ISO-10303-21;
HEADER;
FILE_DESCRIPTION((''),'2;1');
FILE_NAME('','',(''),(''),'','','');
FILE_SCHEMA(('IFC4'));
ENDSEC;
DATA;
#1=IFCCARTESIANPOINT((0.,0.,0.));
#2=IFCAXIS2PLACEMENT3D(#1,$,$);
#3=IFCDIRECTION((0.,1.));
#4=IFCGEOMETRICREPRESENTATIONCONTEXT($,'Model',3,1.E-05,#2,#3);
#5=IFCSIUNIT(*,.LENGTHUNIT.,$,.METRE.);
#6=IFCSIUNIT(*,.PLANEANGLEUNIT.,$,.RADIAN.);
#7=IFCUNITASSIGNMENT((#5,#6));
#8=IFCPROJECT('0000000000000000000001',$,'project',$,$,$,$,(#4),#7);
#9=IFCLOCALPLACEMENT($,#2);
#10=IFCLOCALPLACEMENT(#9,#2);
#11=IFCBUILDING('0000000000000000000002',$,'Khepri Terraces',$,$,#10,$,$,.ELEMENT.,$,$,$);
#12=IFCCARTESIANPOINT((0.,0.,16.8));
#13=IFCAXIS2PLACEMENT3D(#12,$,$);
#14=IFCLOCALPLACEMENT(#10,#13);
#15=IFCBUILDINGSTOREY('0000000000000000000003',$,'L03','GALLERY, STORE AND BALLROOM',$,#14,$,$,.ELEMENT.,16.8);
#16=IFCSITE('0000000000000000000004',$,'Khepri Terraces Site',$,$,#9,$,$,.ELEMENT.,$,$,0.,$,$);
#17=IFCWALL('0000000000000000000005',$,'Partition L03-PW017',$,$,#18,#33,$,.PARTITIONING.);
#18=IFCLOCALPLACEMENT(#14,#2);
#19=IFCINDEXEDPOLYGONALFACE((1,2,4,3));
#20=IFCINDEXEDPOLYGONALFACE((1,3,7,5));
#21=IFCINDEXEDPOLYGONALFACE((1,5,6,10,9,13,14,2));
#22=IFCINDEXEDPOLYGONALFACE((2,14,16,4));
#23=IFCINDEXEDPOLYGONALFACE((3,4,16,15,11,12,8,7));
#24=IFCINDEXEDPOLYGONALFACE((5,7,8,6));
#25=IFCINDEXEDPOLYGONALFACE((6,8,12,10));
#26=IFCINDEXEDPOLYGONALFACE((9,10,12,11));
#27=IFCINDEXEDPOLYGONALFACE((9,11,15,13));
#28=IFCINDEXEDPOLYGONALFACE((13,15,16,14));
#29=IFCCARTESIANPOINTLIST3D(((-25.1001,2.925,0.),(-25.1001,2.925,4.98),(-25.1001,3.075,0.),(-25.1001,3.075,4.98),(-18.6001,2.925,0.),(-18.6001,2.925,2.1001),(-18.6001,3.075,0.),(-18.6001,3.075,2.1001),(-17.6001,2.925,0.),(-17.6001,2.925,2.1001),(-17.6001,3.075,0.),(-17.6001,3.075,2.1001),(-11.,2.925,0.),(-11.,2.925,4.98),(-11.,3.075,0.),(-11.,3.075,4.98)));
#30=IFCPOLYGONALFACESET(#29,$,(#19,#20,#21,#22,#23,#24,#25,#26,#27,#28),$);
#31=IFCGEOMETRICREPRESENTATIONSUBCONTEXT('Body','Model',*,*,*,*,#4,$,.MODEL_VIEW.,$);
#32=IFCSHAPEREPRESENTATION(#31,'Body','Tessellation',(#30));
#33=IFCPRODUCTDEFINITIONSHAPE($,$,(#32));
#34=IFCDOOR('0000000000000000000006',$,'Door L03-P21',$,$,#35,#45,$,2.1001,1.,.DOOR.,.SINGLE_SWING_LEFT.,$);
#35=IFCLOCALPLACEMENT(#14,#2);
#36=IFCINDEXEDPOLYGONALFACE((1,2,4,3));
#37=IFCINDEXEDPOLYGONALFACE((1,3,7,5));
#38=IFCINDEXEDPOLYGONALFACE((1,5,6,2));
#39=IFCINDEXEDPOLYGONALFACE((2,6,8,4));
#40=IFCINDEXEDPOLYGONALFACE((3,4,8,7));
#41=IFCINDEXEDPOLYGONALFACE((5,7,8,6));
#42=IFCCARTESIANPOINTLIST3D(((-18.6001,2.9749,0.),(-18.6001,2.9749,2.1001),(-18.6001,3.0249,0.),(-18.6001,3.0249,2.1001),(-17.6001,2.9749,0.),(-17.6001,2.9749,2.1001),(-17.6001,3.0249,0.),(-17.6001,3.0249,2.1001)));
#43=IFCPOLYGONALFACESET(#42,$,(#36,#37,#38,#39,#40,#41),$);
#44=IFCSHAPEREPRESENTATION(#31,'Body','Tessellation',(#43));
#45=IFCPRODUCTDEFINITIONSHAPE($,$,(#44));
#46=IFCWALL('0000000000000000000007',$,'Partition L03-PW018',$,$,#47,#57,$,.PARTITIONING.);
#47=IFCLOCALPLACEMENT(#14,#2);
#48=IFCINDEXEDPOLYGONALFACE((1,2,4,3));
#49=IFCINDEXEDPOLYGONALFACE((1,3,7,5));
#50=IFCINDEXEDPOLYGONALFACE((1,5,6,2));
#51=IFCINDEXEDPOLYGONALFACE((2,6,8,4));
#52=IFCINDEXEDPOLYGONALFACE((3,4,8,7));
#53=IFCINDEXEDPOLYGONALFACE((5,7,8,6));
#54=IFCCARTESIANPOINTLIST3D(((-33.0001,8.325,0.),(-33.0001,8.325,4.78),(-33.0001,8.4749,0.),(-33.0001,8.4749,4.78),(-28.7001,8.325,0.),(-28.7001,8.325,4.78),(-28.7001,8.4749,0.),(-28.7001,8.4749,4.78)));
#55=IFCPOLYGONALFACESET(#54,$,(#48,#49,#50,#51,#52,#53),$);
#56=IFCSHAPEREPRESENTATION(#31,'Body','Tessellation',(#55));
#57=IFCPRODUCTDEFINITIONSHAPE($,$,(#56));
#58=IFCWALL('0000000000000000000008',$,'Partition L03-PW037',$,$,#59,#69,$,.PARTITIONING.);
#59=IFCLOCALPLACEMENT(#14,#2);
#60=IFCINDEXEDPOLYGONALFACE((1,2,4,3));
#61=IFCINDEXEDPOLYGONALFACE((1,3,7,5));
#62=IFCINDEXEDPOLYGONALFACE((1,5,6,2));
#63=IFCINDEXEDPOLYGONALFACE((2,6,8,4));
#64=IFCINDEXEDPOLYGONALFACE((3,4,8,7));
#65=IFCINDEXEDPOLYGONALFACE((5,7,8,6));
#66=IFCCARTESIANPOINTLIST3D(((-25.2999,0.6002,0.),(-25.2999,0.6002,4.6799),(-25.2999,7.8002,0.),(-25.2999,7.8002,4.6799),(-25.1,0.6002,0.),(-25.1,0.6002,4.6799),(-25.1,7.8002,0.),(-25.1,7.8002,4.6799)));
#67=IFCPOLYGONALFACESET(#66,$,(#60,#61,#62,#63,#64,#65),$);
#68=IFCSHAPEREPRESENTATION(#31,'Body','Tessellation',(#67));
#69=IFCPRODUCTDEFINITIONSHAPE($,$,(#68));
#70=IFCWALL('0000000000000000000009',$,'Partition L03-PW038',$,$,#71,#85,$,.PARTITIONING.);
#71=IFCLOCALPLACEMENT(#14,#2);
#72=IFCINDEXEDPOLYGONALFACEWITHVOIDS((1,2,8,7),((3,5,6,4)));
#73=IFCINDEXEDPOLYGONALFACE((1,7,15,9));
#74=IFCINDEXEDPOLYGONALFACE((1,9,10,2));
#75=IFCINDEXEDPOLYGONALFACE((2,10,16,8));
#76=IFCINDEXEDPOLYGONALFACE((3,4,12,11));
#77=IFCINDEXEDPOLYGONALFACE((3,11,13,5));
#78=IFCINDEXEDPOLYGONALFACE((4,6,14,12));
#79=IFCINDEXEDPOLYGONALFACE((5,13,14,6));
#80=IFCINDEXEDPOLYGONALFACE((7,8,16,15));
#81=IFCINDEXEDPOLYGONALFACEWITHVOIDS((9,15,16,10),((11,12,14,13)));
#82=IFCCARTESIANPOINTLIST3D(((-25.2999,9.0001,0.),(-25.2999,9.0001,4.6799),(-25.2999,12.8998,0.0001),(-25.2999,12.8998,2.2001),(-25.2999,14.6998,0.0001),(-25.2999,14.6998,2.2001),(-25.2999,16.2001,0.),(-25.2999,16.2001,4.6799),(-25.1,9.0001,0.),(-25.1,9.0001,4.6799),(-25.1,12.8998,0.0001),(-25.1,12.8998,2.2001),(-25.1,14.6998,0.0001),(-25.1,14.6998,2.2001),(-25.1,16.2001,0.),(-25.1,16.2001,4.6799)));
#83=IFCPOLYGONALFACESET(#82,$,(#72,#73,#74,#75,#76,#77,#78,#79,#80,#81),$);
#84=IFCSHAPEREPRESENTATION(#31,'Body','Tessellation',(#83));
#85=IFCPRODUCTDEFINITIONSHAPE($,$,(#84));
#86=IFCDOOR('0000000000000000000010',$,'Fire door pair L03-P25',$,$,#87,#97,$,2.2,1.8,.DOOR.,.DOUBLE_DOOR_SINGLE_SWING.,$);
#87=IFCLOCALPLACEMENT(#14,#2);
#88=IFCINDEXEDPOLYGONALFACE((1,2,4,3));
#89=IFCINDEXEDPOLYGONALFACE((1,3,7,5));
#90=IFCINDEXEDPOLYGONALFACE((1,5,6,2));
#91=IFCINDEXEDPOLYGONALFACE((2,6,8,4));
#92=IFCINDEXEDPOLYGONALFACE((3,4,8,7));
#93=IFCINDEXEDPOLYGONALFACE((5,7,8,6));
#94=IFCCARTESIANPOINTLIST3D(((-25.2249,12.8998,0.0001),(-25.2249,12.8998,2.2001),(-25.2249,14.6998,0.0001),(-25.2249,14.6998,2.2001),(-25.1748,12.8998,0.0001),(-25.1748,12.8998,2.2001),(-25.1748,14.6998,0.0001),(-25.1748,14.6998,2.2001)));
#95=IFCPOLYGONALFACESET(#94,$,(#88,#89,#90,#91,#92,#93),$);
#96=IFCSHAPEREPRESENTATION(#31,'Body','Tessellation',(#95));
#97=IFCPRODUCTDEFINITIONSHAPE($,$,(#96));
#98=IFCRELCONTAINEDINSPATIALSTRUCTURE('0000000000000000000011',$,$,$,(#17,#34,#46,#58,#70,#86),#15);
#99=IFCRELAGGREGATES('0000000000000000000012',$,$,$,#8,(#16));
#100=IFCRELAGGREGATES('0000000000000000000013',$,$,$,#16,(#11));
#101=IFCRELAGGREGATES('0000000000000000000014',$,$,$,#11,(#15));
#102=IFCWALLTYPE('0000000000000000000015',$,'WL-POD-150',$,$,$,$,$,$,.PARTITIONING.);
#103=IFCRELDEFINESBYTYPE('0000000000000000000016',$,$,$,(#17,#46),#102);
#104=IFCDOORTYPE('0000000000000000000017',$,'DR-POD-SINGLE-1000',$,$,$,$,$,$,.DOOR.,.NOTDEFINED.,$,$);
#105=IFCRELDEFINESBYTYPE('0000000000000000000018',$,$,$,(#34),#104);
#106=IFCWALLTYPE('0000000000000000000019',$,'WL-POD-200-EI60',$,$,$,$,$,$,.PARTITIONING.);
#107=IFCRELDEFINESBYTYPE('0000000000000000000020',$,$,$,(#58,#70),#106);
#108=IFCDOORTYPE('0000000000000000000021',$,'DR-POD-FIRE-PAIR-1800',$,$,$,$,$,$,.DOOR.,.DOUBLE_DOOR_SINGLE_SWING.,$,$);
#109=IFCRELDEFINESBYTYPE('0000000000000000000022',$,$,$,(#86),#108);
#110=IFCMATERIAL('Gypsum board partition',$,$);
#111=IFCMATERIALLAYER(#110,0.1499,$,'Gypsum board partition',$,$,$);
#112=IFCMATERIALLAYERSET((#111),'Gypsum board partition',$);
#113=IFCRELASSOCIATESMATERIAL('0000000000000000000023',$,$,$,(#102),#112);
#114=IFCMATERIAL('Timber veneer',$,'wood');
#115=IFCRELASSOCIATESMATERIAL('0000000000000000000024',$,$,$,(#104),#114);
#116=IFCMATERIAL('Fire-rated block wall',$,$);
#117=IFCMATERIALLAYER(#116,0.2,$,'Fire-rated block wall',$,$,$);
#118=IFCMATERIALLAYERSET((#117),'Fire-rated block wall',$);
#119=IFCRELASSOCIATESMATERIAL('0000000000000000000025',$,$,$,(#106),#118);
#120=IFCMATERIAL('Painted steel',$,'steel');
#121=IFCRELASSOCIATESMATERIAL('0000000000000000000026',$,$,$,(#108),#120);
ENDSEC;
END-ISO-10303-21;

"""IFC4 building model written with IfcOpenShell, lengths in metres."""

from ifc_helpers import new_model, si_unit, direction, frame, frame_2d, origin, place, context, subcontext, project, spatial, rectangle, extrude, material, layer, layer_set, type_object, element, fill, save


model = new_model("IFC4")

# Units and contexts
model_context = context("Model", 3, precision=1e-05, world=origin(), true_north=direction((0.0, 1.0)))
body_context = subcontext(model_context, "Body", "Model", "MODEL_VIEW")
ifc_project = project(units=[si_unit("LENGTHUNIT", "METRE"), si_unit("PLANEANGLEUNIT", "RADIAN")], contexts=[model_context])

# Site, building, storey
site_placement = place(None, origin())
site = spatial("IfcSite", under=ifc_project, at=site_placement, Name="Khepri Terraces Site", CompositionType="ELEMENT", RefElevation=0.0)
building_placement = place(site_placement, origin())
building = spatial("IfcBuilding", under=site, at=building_placement, Name="Khepri Terraces", CompositionType="ELEMENT")
storey_placement = place(building_placement, frame((0.0, 0.0, 16.8)))
storey = spatial("IfcBuildingStorey", under=building, at=storey_placement, Name="L03", Description="GALLERY, STORE AND BALLROOM", CompositionType="ELEMENT", Elevation=16.8)

# Wall, opening, door
ifc_material_1 = material(Name="Gypsum board partition")
ifc_layer_1 = layer(ifc_material_1, 0.1499, Name="Gypsum board partition")
ifc_layer_set_1 = layer_set([ifc_layer_1], Name="Gypsum board partition")
wall_type_1 = type_object("IfcWallType", Name="WL-POD-150", PredefinedType="PARTITIONING", material=ifc_layer_set_1)
wall_1_placement = place(storey_placement, frame((-25.1001, 3.0, 0.0), z_axis=(0.0, 0.0, 1.0), x_axis=(1.0, 0.0, 0.0)))
wall_1 = element("IfcWall", 1, at=wall_1_placement, inside=storey, type_object=wall_type_1, Name="Partition L03-PW017", PredefinedType="PARTITIONING", context=body_context, shape_type="SweptSolid", body=[
    extrude(rectangle(XDim=14.1001, YDim=0.1499, at=frame_2d((7.05, 0.0))), origin(), (0.0, 0.0, 1.0), 4.98),
])
opening_1_placement = place(wall_1_placement, frame((6.5, 0.0, 0.0)))
opening_1 = element("IfcOpeningElement", 2, at=opening_1_placement, cuts=wall_1, PredefinedType="OPENING", context=body_context, shape_type="SweptSolid", body=[
    extrude(rectangle(XDim=1.0, YDim=2.1001, at=frame_2d((0.5, 1.05))), frame((0.0, 0.085, 0.0), z_axis=(0.0, -1.0, 0.0), x_axis=(1.0, 0.0, 0.0)), (0.0, 0.0, 1.0), 0.1699),
])
ifc_material_2 = material(Name="Timber veneer", Category="wood")
door_type_1 = type_object("IfcDoorType", Name="DR-POD-SINGLE-1000", OperationType="NOTDEFINED", PredefinedType="DOOR", material=ifc_material_2)
door_1_placement = place(opening_1_placement, origin())
door_1 = element("IfcDoor", 3, at=door_1_placement, inside=storey, type_object=door_type_1, Name="Door L03-P21", OperationType="SINGLE_SWING_LEFT", OverallHeight=2.1001, OverallWidth=1.0, PredefinedType="DOOR", context=body_context, shape_type="SweptSolid", body=[
    extrude(rectangle(XDim=1.0, YDim=2.1001, at=frame_2d((0.5, 1.05))), frame((0.0, 0.0249, 0.0), z_axis=(0.0, -1.0, 0.0), x_axis=(1.0, 0.0, 0.0)), (0.0, 0.0, 1.0), 0.05),
])
fill(opening_1, door_1)

# Walls
wall_2_placement = place(storey_placement, frame((-33.0, 8.3999, 0.0), z_axis=(0.0, 0.0, 1.0), x_axis=(1.0, 0.0, 0.0)))
element("IfcWall", 4, at=wall_2_placement, inside=storey, type_object=wall_type_1, Name="Partition L03-PW018", PredefinedType="PARTITIONING", context=body_context, shape_type="SweptSolid", body=[
    extrude(rectangle(XDim=4.3, YDim=0.1499, at=frame_2d((2.1499, 0.0))), origin(), (0.0, 0.0, 1.0), 4.78),
])
ifc_material_3 = material(Name="Fire-rated block wall")
ifc_layer_2 = layer(ifc_material_3, 0.2, Name="Fire-rated block wall")
ifc_layer_set_2 = layer_set([ifc_layer_2], Name="Fire-rated block wall")
wall_type_2 = type_object("IfcWallType", Name="WL-POD-200-EI60", PredefinedType="PARTITIONING", material=ifc_layer_set_2)
wall_3_placement = place(storey_placement, frame((-25.2, 0.6001, 0.0), z_axis=(0.0, 0.0, 1.0), x_axis=(0.0, 1.0, 0.0)))
element("IfcWall", 5, at=wall_3_placement, inside=storey, type_object=wall_type_2, Name="Partition L03-PW037", PredefinedType="PARTITIONING", context=body_context, shape_type="SweptSolid", body=[
    extrude(rectangle(XDim=7.2, YDim=0.2, at=frame_2d((3.6001, 0.0))), origin(), (0.0, 0.0, 1.0), 4.6799),
])

# Wall, opening, door
wall_4_placement = place(storey_placement, frame((-25.2, 9.0, 0.0), z_axis=(0.0, 0.0, 1.0), x_axis=(0.0, 1.0, 0.0)))
wall_4 = element("IfcWall", 6, at=wall_4_placement, inside=storey, type_object=wall_type_2, Name="Partition L03-PW038", PredefinedType="PARTITIONING", context=body_context, shape_type="SweptSolid", body=[
    extrude(rectangle(XDim=7.2, YDim=0.2, at=frame_2d((3.6001, 0.0))), origin(), (0.0, 0.0, 1.0), 4.6799),
])
opening_2_placement = place(wall_4_placement, frame((3.8999, 0.0, 0.0)))
opening_2 = element("IfcOpeningElement", 7, at=opening_2_placement, cuts=wall_4, PredefinedType="OPENING", context=body_context, shape_type="SweptSolid", body=[
    extrude(rectangle(XDim=1.8, YDim=2.2, at=frame_2d((0.8999, 1.1001))), frame((0.0, 0.1099, 0.0), z_axis=(0.0, -1.0, 0.0), x_axis=(1.0, 0.0, 0.0)), (0.0, 0.0, 1.0), 0.22),
])
ifc_material_4 = material(Name="Painted steel", Category="steel")
door_type_2 = type_object("IfcDoorType", Name="DR-POD-FIRE-PAIR-1800", OperationType="DOUBLE_DOOR_SINGLE_SWING", PredefinedType="DOOR", material=ifc_material_4)
door_2_placement = place(opening_2_placement, origin())
door_2 = element("IfcDoor", 8, at=door_2_placement, inside=storey, type_object=door_type_2, Name="Fire door pair L03-P25", OperationType="DOUBLE_DOOR_SINGLE_SWING", OverallHeight=2.2, OverallWidth=1.8, PredefinedType="DOOR", context=body_context, shape_type="SweptSolid", body=[
    extrude(rectangle(XDim=1.8, YDim=2.2, at=frame_2d((0.8999, 1.1001))), frame((0.0, 0.0249, 0.0), z_axis=(0.0, -1.0, 0.0), x_axis=(1.0, 0.0, 0.0)), (0.0, 0.0, 1.0), 0.05),
])
fill(opening_2, door_2)

save(model, "model.ifc")
